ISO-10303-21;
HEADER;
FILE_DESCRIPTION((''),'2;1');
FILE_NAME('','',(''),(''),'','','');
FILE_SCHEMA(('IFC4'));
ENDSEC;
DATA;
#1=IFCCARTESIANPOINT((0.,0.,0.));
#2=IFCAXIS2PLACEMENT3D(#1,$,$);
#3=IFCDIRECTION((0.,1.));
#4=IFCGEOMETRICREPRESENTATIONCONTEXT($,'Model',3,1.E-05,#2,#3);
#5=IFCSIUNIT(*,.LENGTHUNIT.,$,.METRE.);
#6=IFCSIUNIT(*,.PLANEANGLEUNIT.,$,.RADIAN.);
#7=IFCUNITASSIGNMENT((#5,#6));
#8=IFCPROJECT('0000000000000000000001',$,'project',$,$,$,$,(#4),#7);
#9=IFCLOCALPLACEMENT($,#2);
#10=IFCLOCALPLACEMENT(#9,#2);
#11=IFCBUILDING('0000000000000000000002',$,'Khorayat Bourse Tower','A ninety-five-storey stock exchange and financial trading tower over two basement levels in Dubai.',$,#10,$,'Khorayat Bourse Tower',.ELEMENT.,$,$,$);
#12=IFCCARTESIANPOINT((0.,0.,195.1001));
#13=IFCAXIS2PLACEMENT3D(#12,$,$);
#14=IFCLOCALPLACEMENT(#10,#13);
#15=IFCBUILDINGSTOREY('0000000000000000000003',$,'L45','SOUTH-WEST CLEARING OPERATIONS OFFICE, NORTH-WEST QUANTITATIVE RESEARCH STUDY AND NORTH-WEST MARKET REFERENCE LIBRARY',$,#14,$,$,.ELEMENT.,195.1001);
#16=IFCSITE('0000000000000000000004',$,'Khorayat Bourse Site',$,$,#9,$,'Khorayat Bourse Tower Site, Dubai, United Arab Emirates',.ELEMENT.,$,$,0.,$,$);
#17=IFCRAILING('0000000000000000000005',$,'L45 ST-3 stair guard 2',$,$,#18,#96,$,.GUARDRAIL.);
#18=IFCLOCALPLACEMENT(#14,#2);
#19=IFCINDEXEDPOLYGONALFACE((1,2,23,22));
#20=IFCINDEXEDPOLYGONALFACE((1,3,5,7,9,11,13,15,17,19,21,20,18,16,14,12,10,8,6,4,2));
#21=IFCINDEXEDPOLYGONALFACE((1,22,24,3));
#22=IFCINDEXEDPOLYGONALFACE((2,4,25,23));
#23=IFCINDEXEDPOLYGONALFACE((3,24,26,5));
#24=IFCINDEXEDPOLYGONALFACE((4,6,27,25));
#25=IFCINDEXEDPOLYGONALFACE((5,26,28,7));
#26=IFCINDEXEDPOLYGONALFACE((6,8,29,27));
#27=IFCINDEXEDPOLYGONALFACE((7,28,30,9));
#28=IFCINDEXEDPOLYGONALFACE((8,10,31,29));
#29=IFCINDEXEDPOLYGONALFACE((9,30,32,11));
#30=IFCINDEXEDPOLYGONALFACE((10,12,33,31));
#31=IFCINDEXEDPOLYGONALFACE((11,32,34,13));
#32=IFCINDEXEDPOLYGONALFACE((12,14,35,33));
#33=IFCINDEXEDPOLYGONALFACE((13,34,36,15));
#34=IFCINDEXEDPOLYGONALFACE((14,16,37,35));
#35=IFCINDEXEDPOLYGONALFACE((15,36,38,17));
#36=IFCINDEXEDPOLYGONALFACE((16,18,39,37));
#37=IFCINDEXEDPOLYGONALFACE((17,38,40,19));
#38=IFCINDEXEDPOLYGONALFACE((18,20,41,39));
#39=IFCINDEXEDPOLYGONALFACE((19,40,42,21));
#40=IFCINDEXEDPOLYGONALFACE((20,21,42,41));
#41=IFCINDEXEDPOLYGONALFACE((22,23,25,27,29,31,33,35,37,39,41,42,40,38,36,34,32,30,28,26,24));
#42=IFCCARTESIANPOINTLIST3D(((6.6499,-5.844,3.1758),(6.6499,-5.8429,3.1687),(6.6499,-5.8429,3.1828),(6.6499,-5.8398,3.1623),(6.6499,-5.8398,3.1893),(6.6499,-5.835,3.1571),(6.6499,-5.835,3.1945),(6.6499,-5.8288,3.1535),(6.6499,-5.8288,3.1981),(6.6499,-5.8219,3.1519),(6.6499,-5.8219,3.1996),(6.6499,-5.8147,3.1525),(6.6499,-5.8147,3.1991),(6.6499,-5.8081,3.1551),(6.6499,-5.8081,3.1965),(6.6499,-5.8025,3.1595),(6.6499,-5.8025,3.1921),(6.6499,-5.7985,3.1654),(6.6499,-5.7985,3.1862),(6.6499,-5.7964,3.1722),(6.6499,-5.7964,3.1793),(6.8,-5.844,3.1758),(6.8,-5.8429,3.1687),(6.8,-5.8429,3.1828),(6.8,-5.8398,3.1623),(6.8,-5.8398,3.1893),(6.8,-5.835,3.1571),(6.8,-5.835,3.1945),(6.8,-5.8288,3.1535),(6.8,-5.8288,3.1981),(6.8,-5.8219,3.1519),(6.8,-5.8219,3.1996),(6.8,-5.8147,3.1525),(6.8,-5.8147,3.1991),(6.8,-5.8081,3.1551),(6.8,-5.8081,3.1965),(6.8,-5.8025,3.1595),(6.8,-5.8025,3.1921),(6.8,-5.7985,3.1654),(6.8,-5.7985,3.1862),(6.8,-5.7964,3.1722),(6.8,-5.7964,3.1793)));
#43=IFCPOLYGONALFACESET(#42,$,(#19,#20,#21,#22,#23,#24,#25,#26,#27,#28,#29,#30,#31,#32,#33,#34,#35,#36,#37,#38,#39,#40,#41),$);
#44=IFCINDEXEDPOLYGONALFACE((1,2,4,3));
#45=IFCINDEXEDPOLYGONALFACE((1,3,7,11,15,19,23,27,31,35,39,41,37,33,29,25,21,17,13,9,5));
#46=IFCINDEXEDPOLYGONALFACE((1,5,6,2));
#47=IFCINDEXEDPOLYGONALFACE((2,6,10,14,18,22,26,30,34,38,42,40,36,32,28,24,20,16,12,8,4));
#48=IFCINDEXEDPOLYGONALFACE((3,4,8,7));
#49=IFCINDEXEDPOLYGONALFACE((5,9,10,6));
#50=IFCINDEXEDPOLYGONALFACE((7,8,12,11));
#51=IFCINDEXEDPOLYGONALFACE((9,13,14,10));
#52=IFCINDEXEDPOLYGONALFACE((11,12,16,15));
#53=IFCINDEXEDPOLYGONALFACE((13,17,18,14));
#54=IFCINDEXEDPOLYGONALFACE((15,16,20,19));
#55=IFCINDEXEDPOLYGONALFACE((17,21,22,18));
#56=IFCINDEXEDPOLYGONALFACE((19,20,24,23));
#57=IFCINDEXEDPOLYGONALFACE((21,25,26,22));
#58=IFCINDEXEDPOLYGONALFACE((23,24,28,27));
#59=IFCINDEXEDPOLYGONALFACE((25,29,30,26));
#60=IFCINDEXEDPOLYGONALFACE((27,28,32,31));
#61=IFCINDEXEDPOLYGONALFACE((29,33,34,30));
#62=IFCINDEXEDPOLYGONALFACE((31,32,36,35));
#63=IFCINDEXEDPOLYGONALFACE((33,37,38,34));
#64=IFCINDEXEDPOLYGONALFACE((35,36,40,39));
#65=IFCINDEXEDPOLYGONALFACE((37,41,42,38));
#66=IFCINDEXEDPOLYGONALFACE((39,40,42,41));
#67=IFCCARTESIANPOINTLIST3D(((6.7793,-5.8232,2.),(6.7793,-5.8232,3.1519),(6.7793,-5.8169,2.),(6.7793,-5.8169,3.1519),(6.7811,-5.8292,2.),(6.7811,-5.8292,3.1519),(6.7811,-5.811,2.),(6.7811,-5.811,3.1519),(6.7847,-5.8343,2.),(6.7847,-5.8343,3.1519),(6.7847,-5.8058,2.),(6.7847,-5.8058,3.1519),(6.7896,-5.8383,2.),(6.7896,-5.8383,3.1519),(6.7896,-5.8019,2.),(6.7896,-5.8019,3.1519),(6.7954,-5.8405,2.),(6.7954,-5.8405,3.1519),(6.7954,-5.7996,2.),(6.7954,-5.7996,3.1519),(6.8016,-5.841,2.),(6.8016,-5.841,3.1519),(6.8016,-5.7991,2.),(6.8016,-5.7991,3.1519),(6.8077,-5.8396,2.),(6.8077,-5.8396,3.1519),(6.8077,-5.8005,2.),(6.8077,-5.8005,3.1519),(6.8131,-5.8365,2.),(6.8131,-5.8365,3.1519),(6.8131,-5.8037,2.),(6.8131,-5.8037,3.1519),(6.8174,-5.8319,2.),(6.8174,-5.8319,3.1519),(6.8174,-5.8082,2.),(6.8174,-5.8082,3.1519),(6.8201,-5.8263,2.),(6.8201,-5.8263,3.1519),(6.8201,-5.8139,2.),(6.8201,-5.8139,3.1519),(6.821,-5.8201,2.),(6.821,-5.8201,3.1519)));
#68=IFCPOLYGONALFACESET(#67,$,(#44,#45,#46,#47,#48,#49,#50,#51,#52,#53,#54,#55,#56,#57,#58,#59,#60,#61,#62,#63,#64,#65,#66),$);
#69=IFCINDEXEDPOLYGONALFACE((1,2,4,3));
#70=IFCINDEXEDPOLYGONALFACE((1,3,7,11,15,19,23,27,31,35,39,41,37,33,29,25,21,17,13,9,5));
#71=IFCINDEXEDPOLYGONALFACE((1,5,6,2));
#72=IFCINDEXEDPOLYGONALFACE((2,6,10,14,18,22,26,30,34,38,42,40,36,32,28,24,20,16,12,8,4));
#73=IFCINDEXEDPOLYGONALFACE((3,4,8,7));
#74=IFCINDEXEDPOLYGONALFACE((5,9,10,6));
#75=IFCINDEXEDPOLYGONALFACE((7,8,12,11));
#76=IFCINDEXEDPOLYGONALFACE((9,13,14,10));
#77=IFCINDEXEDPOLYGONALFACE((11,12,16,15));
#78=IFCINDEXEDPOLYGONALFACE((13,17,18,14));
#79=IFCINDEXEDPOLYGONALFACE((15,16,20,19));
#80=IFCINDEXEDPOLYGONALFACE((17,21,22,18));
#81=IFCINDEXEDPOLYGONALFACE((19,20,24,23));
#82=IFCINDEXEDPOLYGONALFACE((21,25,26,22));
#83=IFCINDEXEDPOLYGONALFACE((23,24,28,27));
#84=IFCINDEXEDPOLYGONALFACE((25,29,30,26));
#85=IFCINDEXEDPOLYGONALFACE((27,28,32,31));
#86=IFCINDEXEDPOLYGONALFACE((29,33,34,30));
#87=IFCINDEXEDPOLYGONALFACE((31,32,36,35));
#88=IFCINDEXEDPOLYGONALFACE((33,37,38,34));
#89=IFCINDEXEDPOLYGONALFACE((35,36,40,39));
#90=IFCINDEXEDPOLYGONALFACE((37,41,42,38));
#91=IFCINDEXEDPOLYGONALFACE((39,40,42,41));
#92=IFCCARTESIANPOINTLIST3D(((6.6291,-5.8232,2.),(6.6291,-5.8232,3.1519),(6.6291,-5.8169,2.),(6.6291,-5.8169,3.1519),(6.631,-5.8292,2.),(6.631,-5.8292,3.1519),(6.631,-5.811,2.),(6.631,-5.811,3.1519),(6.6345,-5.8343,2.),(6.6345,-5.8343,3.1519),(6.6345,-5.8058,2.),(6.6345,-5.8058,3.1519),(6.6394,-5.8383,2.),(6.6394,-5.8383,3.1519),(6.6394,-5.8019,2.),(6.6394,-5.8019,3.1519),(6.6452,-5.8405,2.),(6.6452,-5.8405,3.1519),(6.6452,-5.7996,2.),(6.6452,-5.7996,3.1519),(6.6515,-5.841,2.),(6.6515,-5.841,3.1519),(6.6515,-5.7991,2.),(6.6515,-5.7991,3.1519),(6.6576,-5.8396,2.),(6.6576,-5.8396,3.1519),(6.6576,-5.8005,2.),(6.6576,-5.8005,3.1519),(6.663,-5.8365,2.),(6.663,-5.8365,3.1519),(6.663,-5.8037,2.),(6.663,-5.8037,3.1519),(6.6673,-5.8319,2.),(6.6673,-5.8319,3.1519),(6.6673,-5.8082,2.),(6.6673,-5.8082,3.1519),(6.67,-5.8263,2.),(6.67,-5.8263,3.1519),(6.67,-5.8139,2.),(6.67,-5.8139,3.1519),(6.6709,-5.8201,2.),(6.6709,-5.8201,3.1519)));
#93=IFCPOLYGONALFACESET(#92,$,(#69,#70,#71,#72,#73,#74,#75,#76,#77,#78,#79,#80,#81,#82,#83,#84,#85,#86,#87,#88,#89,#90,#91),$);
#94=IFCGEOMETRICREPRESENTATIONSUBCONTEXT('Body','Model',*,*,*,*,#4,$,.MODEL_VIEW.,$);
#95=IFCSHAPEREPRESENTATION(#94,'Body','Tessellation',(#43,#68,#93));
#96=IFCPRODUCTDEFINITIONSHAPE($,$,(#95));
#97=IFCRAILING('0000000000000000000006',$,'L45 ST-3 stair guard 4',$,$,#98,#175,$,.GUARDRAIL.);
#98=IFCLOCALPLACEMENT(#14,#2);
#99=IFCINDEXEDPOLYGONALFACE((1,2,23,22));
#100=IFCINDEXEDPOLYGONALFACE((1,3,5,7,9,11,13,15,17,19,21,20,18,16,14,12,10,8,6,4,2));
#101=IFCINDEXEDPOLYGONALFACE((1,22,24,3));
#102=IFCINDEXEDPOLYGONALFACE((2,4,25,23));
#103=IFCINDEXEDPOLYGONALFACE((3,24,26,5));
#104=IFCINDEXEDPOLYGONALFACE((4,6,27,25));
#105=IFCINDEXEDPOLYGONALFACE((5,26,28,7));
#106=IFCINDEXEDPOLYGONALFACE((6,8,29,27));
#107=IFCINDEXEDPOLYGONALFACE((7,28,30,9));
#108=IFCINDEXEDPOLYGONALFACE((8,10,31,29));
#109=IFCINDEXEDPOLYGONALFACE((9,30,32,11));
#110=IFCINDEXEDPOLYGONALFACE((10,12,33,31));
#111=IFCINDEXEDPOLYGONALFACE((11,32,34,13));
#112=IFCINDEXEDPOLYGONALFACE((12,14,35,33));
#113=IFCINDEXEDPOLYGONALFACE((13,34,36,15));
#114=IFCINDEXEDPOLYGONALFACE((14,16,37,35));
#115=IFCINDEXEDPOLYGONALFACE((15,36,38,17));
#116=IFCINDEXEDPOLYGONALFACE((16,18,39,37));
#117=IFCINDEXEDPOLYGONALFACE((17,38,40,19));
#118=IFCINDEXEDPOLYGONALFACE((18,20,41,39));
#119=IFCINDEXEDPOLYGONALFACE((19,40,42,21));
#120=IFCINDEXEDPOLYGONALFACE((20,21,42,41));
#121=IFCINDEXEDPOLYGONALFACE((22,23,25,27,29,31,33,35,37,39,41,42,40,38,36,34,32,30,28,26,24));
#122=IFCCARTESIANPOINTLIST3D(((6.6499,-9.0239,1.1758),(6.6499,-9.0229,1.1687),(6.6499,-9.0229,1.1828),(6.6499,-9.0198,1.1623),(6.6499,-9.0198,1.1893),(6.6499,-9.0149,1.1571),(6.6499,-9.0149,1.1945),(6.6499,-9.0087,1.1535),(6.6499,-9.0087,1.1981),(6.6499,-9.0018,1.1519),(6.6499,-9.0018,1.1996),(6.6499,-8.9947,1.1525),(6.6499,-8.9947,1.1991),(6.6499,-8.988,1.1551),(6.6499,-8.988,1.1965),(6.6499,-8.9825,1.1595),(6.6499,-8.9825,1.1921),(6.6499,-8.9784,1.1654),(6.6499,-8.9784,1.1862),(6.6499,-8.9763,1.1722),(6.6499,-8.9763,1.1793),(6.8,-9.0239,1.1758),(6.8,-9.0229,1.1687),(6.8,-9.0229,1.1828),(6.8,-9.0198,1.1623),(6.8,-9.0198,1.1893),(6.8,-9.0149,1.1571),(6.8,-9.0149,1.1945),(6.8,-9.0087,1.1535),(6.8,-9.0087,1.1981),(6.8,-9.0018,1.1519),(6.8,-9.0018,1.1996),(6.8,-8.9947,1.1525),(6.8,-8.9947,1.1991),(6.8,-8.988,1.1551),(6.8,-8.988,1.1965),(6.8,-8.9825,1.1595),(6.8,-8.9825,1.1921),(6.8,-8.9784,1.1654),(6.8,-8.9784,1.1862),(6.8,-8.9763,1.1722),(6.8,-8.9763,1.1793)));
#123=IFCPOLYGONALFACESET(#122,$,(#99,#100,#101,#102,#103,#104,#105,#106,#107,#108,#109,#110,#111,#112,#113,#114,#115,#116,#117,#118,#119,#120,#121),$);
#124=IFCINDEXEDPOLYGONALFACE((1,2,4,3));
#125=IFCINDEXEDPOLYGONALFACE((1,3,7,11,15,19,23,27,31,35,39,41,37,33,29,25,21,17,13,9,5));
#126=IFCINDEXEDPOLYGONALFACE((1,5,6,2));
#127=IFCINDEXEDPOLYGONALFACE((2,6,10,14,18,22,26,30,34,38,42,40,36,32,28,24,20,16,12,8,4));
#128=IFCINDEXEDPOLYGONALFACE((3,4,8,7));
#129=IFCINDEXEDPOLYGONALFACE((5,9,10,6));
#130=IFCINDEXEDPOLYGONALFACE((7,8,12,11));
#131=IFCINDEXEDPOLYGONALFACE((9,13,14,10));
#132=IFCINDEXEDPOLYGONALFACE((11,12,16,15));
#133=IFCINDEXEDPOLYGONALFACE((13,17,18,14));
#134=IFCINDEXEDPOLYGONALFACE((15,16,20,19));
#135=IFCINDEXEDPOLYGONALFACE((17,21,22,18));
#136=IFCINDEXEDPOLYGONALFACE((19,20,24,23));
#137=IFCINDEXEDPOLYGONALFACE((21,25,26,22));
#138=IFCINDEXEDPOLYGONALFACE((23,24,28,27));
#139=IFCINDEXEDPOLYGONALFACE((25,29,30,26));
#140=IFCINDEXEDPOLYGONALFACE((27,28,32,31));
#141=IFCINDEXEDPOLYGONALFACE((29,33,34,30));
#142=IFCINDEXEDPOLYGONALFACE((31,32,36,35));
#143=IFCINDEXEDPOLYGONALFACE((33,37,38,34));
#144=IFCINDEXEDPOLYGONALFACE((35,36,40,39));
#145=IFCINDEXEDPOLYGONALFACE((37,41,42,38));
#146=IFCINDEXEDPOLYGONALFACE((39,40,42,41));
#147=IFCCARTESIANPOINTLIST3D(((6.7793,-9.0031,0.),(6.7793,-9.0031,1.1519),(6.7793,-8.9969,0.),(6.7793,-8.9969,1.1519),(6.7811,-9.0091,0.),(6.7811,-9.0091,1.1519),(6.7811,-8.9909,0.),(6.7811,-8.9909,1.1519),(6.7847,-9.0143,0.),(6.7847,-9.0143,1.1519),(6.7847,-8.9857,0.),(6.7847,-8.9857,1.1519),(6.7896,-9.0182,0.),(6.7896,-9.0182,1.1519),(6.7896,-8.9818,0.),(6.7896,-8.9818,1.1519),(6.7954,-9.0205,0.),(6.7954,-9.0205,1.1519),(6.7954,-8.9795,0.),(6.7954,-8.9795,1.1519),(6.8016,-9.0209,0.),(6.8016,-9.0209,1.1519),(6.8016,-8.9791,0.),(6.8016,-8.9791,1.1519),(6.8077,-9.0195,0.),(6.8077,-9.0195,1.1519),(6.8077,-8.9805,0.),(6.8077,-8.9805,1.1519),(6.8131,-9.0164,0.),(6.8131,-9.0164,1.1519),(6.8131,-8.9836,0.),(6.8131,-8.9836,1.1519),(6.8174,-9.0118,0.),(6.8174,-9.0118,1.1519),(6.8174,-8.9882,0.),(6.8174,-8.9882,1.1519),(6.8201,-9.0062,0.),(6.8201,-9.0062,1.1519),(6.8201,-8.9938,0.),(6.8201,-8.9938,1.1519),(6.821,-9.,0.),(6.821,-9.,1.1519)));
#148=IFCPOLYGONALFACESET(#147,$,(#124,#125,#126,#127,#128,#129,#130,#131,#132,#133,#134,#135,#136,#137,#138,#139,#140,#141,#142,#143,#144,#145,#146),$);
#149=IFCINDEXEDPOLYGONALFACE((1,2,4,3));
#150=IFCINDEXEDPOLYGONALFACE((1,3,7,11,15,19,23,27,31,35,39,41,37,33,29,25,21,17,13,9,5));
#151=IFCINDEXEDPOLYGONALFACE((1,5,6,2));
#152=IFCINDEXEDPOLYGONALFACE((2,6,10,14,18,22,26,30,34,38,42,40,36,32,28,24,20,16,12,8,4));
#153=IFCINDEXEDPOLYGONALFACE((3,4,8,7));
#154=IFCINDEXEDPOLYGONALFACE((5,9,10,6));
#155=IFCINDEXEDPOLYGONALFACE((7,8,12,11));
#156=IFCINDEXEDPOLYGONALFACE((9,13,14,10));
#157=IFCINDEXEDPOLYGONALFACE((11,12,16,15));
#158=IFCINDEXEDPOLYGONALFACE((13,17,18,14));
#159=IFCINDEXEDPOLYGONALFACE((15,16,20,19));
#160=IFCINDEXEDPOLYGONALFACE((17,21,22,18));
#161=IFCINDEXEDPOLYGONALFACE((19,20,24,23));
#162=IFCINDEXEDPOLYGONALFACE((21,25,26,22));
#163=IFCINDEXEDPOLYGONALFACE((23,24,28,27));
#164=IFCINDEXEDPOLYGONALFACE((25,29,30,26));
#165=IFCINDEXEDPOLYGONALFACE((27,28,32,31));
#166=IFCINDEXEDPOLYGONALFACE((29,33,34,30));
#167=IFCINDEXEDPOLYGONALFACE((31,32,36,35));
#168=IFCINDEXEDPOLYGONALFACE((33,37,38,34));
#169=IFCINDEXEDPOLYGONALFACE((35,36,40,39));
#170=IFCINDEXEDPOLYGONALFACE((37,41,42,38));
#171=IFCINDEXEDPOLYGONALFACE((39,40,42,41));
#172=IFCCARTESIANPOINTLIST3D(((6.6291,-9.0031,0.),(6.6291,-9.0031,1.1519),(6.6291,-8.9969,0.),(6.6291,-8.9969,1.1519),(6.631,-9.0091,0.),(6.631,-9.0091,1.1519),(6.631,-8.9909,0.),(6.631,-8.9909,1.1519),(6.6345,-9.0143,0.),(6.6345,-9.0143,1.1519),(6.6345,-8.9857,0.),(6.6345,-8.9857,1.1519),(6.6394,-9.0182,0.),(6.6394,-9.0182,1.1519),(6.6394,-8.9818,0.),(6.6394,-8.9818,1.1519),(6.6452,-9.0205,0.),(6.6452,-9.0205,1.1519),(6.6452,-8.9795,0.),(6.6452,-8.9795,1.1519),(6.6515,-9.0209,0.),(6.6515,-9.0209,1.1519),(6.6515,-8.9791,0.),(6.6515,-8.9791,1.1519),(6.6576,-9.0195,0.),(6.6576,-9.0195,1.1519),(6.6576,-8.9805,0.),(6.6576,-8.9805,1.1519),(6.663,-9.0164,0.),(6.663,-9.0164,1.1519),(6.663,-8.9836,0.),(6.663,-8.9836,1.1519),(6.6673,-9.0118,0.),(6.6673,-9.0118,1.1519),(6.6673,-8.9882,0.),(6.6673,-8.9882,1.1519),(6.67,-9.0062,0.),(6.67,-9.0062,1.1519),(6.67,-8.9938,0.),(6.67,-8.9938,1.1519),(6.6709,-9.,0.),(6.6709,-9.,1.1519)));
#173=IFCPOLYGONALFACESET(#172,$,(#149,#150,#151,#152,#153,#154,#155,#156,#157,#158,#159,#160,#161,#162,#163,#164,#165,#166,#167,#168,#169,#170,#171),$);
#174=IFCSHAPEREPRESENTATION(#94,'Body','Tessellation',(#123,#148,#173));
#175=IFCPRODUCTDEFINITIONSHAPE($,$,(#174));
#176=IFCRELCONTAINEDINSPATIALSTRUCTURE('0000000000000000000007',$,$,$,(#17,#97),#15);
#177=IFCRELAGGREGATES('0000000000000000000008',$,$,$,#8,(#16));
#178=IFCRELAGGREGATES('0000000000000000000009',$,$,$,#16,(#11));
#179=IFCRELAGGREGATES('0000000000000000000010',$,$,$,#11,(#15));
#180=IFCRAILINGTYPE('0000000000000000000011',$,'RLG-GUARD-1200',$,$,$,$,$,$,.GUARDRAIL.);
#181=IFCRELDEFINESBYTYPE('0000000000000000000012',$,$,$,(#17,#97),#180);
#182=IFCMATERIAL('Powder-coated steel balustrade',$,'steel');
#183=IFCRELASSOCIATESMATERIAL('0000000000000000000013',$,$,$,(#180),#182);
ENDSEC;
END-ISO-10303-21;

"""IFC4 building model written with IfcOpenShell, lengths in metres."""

from ifc_helpers import new_model, si_unit, direction, frame, origin, origin_2d, place, context, subcontext, project, spatial, circle, extrude, source, transform, mapped, material, type_object, element, save


model = new_model("IFC4")

# Units and contexts
model_context = context("Model", 3, precision=1e-05, world=origin(), true_north=direction((0.0, 1.0)))
body_context = subcontext(model_context, "Body", "Model", "MODEL_VIEW")
ifc_project = project(units=[si_unit("LENGTHUNIT", "METRE"), si_unit("PLANEANGLEUNIT", "RADIAN")], contexts=[model_context])

# Site, building, storey
site_placement = place(None, origin())
site = spatial("IfcSite", under=ifc_project, at=site_placement, Name="Khorayat Bourse Site", LongName="Khorayat Bourse Tower Site, Dubai, United Arab Emirates", CompositionType="ELEMENT", RefElevation=0.0)
building_placement = place(site_placement, origin())
building = spatial("IfcBuilding", under=site, at=building_placement, Name="Khorayat Bourse Tower", Description="A ninety-five-storey stock exchange and financial trading tower over two basement levels in Dubai.", LongName="Khorayat Bourse Tower", CompositionType="ELEMENT")
storey_placement = place(building_placement, frame((0.0, 0.0, 195.1001)))
storey = spatial("IfcBuildingStorey", under=building, at=storey_placement, Name="L45", Description="SOUTH-WEST CLEARING OPERATIONS OFFICE, NORTH-WEST QUANTITATIVE RESEARCH STUDY AND NORTH-WEST MARKET REFERENCE LIBRARY", CompositionType="ELEMENT", Elevation=195.1001)

# Railings
ifc_material_1 = material(Name="Powder-coated steel balustrade", Category="steel")
railing_type_1 = type_object("IfcRailingType", Name="RLG-GUARD-1200", PredefinedType="GUARDRAIL", material=ifc_material_1)
shared_shape_1 = source(origin(), body_context, "Body", "SweptSolid", [
    extrude(circle(Radius=0.0239, at=origin_2d()), frame((0.0, 0.0, 1.1758), z_axis=(-1.0, 0.0, 0.0), x_axis=(0.0, -1.0, 0.0)), (0.0, 0.0, 1.0), 0.1501),
    extrude(circle(Radius=0.021, at=origin_2d()), origin(), (0.0, 0.0, 1.0), 1.1519),
    extrude(circle(Radius=0.021, at=origin_2d()), frame((-0.1501, 0.0, 0.0)), (0.0, 0.0, 1.0), 1.1519),
])
for number, where, name in (
    (1, (6.8, -5.8201, 2.0), "L45 ST-3 stair guard 2"),
    (2, (6.8, -9.0, 0.0), "L45 ST-3 stair guard 4"),
):
    element("IfcRailing", number, at=place(storey_placement, frame(where)), inside=storey, type_object=railing_type_1, Name=name, PredefinedType="GUARDRAIL", context=body_context, shape_type="MappedRepresentation", body=[
        mapped(shared_shape_1, transform((0.0, 0.0, 0.0), scale=1.0)),
    ])

save(model, "model.ifc")
